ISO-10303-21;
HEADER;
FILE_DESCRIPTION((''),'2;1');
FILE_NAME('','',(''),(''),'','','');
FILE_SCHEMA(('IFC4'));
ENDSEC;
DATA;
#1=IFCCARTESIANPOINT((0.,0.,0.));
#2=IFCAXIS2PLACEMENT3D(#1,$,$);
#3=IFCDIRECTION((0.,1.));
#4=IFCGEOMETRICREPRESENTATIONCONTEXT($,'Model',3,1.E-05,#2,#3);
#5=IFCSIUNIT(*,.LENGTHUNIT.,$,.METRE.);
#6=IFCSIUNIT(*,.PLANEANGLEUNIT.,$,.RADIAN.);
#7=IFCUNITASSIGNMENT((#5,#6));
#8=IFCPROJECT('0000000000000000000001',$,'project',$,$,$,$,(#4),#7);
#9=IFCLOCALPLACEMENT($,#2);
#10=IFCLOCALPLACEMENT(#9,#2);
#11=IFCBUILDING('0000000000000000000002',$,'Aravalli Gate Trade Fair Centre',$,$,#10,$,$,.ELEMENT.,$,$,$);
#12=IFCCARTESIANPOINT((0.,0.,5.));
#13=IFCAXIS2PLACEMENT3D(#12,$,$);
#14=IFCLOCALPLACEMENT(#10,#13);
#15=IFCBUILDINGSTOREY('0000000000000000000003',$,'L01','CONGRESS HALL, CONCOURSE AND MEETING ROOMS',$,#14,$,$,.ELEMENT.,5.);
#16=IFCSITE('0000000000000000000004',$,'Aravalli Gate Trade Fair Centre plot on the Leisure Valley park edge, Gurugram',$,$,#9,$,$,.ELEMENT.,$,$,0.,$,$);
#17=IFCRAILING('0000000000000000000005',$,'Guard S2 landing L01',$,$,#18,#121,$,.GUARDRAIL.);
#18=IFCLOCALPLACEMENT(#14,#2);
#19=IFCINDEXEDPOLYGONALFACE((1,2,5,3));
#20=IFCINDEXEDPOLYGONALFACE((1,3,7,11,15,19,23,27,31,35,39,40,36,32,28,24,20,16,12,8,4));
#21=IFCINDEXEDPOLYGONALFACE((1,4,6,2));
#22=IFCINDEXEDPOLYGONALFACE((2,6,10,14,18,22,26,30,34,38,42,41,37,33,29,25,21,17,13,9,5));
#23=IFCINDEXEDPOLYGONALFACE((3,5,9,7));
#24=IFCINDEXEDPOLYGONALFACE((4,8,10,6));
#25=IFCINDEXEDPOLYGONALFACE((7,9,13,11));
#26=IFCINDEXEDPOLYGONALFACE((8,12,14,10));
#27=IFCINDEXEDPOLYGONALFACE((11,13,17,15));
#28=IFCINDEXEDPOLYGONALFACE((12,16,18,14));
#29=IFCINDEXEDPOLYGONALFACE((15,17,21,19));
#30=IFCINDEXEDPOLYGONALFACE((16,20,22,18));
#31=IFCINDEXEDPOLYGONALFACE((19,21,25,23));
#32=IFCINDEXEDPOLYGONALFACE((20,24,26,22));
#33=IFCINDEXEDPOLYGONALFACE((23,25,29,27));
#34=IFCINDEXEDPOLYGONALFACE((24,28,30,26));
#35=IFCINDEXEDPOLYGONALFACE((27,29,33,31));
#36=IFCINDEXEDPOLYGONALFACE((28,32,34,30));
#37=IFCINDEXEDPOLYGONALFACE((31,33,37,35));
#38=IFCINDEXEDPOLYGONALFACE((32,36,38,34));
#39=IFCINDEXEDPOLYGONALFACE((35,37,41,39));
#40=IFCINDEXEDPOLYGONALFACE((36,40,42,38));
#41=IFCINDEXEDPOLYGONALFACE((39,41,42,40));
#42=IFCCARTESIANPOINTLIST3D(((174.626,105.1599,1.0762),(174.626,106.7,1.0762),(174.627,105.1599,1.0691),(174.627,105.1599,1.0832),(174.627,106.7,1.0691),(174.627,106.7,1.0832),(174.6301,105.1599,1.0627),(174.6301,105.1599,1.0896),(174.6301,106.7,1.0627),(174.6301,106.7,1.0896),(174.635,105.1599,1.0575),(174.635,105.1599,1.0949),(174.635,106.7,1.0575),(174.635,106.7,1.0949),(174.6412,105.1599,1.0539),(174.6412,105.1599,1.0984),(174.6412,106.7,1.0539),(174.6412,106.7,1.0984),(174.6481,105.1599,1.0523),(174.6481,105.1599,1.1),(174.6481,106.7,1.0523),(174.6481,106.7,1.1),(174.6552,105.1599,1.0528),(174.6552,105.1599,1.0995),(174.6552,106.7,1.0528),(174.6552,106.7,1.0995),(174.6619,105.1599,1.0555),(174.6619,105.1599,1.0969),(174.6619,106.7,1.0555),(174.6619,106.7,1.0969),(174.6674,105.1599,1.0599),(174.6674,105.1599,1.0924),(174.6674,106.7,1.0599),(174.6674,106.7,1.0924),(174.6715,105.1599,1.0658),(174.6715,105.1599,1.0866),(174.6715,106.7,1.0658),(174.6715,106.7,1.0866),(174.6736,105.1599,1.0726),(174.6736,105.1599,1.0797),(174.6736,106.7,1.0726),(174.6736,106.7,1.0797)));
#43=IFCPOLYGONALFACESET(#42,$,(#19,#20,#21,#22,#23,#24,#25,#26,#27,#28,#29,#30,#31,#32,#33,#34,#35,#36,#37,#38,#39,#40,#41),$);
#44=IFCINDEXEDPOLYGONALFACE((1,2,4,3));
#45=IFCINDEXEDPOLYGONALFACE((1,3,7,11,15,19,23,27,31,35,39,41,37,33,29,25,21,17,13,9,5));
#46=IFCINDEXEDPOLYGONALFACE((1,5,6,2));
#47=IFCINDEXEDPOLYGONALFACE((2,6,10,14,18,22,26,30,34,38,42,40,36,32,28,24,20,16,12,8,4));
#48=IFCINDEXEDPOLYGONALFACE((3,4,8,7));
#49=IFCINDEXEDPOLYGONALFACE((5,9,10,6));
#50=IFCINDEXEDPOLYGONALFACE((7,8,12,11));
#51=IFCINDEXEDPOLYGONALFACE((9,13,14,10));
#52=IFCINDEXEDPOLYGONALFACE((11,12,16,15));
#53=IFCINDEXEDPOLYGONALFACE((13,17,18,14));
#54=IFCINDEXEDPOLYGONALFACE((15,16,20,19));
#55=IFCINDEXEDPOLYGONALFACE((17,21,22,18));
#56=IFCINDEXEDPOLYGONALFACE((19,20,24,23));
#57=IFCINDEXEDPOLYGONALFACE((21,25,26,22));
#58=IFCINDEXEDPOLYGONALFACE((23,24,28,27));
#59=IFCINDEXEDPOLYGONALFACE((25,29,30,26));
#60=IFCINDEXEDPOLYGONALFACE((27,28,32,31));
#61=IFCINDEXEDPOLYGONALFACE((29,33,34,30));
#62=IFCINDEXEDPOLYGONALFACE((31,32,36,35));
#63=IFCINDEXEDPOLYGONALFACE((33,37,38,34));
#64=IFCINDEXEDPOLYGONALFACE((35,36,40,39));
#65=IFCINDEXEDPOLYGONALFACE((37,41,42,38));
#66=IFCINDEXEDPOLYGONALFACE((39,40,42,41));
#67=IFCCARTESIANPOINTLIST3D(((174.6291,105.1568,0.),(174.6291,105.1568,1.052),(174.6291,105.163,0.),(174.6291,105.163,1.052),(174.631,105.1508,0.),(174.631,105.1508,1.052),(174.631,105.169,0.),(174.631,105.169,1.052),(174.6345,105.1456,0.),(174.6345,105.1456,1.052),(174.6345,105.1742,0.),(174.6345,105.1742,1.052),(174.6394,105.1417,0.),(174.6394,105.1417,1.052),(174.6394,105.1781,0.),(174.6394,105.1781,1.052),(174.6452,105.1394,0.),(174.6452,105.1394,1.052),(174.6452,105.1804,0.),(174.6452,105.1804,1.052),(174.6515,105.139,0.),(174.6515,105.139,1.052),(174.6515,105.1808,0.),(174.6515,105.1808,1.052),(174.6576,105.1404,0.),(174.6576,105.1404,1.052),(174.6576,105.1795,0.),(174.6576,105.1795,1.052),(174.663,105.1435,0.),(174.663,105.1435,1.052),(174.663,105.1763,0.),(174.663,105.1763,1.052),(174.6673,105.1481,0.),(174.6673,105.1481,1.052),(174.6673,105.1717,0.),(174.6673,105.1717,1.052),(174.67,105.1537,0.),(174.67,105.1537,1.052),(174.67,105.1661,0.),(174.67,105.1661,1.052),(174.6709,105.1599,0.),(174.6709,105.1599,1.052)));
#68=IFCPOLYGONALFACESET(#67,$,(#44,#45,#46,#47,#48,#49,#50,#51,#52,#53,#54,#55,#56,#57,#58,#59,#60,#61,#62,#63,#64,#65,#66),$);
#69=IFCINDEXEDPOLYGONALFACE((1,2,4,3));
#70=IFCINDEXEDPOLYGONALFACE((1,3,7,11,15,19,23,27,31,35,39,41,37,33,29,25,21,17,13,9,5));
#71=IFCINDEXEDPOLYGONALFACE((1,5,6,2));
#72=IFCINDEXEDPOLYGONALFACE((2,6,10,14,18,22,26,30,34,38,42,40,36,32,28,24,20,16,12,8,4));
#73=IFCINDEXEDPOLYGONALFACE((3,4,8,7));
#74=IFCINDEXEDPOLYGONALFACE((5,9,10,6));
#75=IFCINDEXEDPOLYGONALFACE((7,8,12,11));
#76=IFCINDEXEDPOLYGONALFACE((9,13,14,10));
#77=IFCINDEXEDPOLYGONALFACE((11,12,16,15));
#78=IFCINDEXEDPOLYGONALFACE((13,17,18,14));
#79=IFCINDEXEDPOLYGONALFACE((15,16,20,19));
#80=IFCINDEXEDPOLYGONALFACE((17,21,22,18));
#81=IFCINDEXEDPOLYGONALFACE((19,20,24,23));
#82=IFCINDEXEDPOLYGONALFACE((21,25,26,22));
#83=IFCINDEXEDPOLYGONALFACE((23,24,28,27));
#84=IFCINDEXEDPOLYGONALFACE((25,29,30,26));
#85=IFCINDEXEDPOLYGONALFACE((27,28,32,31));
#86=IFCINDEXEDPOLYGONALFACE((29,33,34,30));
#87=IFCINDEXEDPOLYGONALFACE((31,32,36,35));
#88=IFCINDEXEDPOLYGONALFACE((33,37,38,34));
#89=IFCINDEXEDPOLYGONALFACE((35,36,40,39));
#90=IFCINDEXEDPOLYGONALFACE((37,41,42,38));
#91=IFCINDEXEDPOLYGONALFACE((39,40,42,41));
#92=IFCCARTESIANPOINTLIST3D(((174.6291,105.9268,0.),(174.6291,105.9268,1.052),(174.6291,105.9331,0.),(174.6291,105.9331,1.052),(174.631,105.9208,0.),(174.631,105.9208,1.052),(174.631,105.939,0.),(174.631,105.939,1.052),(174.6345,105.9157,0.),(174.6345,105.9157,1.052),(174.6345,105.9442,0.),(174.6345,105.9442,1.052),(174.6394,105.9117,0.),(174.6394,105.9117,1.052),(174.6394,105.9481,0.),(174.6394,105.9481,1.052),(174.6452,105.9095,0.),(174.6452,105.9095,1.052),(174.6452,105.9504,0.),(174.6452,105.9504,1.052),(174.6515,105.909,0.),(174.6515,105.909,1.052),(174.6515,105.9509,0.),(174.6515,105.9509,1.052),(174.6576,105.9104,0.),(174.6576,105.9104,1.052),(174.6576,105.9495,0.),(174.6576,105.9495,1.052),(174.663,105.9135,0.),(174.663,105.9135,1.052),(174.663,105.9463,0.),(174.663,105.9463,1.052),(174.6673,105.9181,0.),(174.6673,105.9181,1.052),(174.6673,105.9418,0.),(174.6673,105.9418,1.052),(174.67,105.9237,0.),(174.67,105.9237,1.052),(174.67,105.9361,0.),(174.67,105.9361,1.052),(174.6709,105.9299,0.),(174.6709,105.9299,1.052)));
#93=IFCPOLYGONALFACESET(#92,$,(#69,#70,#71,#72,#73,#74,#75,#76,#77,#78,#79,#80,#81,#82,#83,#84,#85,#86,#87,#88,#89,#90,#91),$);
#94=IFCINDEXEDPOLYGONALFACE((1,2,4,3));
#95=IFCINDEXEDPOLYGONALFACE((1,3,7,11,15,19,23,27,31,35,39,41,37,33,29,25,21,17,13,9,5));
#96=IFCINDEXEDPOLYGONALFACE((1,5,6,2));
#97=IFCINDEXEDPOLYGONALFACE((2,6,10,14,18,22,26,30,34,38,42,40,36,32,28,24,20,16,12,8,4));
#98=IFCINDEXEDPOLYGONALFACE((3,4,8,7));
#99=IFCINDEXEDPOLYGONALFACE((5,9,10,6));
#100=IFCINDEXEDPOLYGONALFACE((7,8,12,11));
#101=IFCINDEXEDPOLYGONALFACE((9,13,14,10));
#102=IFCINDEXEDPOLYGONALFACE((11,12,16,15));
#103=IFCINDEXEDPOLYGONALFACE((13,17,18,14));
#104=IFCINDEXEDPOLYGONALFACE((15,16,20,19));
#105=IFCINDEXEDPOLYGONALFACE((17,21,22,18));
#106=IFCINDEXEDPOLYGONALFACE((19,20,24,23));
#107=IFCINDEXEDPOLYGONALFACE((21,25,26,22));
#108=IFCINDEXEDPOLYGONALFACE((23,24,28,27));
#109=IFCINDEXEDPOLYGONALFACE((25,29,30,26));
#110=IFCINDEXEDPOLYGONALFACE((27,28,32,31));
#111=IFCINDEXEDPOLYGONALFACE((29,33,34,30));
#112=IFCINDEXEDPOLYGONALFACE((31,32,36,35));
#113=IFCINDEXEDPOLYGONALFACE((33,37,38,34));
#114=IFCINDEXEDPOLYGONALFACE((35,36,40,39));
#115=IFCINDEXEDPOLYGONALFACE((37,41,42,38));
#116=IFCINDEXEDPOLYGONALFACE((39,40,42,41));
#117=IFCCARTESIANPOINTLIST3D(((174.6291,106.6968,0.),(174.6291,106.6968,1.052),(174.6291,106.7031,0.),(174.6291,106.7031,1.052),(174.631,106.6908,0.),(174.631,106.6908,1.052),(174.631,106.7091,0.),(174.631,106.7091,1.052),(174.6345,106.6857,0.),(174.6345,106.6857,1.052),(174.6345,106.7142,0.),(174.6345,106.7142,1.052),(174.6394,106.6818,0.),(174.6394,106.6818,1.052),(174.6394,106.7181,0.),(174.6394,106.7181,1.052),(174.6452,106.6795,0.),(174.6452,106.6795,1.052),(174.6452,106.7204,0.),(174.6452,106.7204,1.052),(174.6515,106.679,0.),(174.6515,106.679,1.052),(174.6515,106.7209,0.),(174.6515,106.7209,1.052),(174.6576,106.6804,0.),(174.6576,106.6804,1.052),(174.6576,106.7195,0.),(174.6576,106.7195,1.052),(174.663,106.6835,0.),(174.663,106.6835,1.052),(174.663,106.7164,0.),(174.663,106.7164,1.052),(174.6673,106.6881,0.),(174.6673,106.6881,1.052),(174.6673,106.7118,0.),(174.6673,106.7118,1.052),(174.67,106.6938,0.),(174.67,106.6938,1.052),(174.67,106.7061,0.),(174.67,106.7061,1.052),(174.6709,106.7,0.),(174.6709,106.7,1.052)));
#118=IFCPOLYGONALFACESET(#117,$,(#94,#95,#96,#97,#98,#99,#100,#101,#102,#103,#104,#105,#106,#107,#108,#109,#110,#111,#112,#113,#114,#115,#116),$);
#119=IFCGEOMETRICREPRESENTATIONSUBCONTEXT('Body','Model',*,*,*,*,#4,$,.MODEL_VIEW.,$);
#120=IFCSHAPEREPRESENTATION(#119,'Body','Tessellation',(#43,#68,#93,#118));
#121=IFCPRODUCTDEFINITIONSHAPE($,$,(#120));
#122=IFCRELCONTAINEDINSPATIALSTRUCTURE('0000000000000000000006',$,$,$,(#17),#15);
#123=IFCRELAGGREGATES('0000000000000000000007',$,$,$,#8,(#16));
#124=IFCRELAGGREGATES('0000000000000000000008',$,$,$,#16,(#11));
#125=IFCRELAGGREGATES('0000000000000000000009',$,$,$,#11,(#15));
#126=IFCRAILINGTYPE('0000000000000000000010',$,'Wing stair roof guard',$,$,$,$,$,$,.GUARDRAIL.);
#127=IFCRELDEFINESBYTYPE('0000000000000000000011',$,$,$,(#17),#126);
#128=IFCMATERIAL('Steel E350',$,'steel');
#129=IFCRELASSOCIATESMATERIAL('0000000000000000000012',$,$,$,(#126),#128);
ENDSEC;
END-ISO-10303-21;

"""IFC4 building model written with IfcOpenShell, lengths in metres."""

from ifc_helpers import new_model, si_unit, direction, frame, origin, origin_2d, place, context, subcontext, project, spatial, circle, extrude, material, type_object, element, save


model = new_model("IFC4")

# Units and contexts
model_context = context("Model", 3, precision=1e-05, world=origin(), true_north=direction((0.0, 1.0)))
body_context = subcontext(model_context, "Body", "Model", "MODEL_VIEW")
ifc_project = project(units=[si_unit("LENGTHUNIT", "METRE"), si_unit("PLANEANGLEUNIT", "RADIAN")], contexts=[model_context])

# Site, building, storey
site_placement = place(None, origin())
site = spatial("IfcSite", under=ifc_project, at=site_placement, Name="Aravalli Gate Trade Fair Centre plot on the Leisure Valley park edge, Gurugram", CompositionType="ELEMENT", RefElevation=0.0)
building_placement = place(site_placement, origin())
building = spatial("IfcBuilding", under=site, at=building_placement, Name="Aravalli Gate Trade Fair Centre", CompositionType="ELEMENT")
storey_placement = place(building_placement, frame((0.0, 0.0, 5.0)))
storey = spatial("IfcBuildingStorey", under=building, at=storey_placement, Name="L01", Description="CONGRESS HALL, CONCOURSE AND MEETING ROOMS", CompositionType="ELEMENT", Elevation=5.0)

# Railing
ifc_material_1 = material(Name="Steel E350", Category="steel")
railing_type_1 = type_object("IfcRailingType", Name="Wing stair roof guard", PredefinedType="GUARDRAIL", material=ifc_material_1)
railing_placement = place(storey_placement, frame((174.6499, 105.1599, 0.0)))
element("IfcRailing", 1, at=railing_placement, inside=storey, type_object=railing_type_1, Name="Guard S2 landing L01", PredefinedType="GUARDRAIL", context=body_context, shape_type="SweptSolid", body=[
    extrude(circle(Radius=0.0239, at=origin_2d()), frame((0.0, 0.0, 1.0762), z_axis=(0.0, 1.0, 0.0), x_axis=(-1.0, 0.0, 0.0)), (0.0, 0.0, 1.0), 1.54),
    extrude(circle(Radius=0.021, at=origin_2d()), origin(), (0.0, 0.0, 1.0), 1.052),
    extrude(circle(Radius=0.021, at=origin_2d()), frame((0.0, 0.77, 0.0)), (0.0, 0.0, 1.0), 1.052),
    extrude(circle(Radius=0.021, at=origin_2d()), frame((0.0, 1.54, 0.0)), (0.0, 0.0, 1.0), 1.052),
])

save(model, "model.ifc")
